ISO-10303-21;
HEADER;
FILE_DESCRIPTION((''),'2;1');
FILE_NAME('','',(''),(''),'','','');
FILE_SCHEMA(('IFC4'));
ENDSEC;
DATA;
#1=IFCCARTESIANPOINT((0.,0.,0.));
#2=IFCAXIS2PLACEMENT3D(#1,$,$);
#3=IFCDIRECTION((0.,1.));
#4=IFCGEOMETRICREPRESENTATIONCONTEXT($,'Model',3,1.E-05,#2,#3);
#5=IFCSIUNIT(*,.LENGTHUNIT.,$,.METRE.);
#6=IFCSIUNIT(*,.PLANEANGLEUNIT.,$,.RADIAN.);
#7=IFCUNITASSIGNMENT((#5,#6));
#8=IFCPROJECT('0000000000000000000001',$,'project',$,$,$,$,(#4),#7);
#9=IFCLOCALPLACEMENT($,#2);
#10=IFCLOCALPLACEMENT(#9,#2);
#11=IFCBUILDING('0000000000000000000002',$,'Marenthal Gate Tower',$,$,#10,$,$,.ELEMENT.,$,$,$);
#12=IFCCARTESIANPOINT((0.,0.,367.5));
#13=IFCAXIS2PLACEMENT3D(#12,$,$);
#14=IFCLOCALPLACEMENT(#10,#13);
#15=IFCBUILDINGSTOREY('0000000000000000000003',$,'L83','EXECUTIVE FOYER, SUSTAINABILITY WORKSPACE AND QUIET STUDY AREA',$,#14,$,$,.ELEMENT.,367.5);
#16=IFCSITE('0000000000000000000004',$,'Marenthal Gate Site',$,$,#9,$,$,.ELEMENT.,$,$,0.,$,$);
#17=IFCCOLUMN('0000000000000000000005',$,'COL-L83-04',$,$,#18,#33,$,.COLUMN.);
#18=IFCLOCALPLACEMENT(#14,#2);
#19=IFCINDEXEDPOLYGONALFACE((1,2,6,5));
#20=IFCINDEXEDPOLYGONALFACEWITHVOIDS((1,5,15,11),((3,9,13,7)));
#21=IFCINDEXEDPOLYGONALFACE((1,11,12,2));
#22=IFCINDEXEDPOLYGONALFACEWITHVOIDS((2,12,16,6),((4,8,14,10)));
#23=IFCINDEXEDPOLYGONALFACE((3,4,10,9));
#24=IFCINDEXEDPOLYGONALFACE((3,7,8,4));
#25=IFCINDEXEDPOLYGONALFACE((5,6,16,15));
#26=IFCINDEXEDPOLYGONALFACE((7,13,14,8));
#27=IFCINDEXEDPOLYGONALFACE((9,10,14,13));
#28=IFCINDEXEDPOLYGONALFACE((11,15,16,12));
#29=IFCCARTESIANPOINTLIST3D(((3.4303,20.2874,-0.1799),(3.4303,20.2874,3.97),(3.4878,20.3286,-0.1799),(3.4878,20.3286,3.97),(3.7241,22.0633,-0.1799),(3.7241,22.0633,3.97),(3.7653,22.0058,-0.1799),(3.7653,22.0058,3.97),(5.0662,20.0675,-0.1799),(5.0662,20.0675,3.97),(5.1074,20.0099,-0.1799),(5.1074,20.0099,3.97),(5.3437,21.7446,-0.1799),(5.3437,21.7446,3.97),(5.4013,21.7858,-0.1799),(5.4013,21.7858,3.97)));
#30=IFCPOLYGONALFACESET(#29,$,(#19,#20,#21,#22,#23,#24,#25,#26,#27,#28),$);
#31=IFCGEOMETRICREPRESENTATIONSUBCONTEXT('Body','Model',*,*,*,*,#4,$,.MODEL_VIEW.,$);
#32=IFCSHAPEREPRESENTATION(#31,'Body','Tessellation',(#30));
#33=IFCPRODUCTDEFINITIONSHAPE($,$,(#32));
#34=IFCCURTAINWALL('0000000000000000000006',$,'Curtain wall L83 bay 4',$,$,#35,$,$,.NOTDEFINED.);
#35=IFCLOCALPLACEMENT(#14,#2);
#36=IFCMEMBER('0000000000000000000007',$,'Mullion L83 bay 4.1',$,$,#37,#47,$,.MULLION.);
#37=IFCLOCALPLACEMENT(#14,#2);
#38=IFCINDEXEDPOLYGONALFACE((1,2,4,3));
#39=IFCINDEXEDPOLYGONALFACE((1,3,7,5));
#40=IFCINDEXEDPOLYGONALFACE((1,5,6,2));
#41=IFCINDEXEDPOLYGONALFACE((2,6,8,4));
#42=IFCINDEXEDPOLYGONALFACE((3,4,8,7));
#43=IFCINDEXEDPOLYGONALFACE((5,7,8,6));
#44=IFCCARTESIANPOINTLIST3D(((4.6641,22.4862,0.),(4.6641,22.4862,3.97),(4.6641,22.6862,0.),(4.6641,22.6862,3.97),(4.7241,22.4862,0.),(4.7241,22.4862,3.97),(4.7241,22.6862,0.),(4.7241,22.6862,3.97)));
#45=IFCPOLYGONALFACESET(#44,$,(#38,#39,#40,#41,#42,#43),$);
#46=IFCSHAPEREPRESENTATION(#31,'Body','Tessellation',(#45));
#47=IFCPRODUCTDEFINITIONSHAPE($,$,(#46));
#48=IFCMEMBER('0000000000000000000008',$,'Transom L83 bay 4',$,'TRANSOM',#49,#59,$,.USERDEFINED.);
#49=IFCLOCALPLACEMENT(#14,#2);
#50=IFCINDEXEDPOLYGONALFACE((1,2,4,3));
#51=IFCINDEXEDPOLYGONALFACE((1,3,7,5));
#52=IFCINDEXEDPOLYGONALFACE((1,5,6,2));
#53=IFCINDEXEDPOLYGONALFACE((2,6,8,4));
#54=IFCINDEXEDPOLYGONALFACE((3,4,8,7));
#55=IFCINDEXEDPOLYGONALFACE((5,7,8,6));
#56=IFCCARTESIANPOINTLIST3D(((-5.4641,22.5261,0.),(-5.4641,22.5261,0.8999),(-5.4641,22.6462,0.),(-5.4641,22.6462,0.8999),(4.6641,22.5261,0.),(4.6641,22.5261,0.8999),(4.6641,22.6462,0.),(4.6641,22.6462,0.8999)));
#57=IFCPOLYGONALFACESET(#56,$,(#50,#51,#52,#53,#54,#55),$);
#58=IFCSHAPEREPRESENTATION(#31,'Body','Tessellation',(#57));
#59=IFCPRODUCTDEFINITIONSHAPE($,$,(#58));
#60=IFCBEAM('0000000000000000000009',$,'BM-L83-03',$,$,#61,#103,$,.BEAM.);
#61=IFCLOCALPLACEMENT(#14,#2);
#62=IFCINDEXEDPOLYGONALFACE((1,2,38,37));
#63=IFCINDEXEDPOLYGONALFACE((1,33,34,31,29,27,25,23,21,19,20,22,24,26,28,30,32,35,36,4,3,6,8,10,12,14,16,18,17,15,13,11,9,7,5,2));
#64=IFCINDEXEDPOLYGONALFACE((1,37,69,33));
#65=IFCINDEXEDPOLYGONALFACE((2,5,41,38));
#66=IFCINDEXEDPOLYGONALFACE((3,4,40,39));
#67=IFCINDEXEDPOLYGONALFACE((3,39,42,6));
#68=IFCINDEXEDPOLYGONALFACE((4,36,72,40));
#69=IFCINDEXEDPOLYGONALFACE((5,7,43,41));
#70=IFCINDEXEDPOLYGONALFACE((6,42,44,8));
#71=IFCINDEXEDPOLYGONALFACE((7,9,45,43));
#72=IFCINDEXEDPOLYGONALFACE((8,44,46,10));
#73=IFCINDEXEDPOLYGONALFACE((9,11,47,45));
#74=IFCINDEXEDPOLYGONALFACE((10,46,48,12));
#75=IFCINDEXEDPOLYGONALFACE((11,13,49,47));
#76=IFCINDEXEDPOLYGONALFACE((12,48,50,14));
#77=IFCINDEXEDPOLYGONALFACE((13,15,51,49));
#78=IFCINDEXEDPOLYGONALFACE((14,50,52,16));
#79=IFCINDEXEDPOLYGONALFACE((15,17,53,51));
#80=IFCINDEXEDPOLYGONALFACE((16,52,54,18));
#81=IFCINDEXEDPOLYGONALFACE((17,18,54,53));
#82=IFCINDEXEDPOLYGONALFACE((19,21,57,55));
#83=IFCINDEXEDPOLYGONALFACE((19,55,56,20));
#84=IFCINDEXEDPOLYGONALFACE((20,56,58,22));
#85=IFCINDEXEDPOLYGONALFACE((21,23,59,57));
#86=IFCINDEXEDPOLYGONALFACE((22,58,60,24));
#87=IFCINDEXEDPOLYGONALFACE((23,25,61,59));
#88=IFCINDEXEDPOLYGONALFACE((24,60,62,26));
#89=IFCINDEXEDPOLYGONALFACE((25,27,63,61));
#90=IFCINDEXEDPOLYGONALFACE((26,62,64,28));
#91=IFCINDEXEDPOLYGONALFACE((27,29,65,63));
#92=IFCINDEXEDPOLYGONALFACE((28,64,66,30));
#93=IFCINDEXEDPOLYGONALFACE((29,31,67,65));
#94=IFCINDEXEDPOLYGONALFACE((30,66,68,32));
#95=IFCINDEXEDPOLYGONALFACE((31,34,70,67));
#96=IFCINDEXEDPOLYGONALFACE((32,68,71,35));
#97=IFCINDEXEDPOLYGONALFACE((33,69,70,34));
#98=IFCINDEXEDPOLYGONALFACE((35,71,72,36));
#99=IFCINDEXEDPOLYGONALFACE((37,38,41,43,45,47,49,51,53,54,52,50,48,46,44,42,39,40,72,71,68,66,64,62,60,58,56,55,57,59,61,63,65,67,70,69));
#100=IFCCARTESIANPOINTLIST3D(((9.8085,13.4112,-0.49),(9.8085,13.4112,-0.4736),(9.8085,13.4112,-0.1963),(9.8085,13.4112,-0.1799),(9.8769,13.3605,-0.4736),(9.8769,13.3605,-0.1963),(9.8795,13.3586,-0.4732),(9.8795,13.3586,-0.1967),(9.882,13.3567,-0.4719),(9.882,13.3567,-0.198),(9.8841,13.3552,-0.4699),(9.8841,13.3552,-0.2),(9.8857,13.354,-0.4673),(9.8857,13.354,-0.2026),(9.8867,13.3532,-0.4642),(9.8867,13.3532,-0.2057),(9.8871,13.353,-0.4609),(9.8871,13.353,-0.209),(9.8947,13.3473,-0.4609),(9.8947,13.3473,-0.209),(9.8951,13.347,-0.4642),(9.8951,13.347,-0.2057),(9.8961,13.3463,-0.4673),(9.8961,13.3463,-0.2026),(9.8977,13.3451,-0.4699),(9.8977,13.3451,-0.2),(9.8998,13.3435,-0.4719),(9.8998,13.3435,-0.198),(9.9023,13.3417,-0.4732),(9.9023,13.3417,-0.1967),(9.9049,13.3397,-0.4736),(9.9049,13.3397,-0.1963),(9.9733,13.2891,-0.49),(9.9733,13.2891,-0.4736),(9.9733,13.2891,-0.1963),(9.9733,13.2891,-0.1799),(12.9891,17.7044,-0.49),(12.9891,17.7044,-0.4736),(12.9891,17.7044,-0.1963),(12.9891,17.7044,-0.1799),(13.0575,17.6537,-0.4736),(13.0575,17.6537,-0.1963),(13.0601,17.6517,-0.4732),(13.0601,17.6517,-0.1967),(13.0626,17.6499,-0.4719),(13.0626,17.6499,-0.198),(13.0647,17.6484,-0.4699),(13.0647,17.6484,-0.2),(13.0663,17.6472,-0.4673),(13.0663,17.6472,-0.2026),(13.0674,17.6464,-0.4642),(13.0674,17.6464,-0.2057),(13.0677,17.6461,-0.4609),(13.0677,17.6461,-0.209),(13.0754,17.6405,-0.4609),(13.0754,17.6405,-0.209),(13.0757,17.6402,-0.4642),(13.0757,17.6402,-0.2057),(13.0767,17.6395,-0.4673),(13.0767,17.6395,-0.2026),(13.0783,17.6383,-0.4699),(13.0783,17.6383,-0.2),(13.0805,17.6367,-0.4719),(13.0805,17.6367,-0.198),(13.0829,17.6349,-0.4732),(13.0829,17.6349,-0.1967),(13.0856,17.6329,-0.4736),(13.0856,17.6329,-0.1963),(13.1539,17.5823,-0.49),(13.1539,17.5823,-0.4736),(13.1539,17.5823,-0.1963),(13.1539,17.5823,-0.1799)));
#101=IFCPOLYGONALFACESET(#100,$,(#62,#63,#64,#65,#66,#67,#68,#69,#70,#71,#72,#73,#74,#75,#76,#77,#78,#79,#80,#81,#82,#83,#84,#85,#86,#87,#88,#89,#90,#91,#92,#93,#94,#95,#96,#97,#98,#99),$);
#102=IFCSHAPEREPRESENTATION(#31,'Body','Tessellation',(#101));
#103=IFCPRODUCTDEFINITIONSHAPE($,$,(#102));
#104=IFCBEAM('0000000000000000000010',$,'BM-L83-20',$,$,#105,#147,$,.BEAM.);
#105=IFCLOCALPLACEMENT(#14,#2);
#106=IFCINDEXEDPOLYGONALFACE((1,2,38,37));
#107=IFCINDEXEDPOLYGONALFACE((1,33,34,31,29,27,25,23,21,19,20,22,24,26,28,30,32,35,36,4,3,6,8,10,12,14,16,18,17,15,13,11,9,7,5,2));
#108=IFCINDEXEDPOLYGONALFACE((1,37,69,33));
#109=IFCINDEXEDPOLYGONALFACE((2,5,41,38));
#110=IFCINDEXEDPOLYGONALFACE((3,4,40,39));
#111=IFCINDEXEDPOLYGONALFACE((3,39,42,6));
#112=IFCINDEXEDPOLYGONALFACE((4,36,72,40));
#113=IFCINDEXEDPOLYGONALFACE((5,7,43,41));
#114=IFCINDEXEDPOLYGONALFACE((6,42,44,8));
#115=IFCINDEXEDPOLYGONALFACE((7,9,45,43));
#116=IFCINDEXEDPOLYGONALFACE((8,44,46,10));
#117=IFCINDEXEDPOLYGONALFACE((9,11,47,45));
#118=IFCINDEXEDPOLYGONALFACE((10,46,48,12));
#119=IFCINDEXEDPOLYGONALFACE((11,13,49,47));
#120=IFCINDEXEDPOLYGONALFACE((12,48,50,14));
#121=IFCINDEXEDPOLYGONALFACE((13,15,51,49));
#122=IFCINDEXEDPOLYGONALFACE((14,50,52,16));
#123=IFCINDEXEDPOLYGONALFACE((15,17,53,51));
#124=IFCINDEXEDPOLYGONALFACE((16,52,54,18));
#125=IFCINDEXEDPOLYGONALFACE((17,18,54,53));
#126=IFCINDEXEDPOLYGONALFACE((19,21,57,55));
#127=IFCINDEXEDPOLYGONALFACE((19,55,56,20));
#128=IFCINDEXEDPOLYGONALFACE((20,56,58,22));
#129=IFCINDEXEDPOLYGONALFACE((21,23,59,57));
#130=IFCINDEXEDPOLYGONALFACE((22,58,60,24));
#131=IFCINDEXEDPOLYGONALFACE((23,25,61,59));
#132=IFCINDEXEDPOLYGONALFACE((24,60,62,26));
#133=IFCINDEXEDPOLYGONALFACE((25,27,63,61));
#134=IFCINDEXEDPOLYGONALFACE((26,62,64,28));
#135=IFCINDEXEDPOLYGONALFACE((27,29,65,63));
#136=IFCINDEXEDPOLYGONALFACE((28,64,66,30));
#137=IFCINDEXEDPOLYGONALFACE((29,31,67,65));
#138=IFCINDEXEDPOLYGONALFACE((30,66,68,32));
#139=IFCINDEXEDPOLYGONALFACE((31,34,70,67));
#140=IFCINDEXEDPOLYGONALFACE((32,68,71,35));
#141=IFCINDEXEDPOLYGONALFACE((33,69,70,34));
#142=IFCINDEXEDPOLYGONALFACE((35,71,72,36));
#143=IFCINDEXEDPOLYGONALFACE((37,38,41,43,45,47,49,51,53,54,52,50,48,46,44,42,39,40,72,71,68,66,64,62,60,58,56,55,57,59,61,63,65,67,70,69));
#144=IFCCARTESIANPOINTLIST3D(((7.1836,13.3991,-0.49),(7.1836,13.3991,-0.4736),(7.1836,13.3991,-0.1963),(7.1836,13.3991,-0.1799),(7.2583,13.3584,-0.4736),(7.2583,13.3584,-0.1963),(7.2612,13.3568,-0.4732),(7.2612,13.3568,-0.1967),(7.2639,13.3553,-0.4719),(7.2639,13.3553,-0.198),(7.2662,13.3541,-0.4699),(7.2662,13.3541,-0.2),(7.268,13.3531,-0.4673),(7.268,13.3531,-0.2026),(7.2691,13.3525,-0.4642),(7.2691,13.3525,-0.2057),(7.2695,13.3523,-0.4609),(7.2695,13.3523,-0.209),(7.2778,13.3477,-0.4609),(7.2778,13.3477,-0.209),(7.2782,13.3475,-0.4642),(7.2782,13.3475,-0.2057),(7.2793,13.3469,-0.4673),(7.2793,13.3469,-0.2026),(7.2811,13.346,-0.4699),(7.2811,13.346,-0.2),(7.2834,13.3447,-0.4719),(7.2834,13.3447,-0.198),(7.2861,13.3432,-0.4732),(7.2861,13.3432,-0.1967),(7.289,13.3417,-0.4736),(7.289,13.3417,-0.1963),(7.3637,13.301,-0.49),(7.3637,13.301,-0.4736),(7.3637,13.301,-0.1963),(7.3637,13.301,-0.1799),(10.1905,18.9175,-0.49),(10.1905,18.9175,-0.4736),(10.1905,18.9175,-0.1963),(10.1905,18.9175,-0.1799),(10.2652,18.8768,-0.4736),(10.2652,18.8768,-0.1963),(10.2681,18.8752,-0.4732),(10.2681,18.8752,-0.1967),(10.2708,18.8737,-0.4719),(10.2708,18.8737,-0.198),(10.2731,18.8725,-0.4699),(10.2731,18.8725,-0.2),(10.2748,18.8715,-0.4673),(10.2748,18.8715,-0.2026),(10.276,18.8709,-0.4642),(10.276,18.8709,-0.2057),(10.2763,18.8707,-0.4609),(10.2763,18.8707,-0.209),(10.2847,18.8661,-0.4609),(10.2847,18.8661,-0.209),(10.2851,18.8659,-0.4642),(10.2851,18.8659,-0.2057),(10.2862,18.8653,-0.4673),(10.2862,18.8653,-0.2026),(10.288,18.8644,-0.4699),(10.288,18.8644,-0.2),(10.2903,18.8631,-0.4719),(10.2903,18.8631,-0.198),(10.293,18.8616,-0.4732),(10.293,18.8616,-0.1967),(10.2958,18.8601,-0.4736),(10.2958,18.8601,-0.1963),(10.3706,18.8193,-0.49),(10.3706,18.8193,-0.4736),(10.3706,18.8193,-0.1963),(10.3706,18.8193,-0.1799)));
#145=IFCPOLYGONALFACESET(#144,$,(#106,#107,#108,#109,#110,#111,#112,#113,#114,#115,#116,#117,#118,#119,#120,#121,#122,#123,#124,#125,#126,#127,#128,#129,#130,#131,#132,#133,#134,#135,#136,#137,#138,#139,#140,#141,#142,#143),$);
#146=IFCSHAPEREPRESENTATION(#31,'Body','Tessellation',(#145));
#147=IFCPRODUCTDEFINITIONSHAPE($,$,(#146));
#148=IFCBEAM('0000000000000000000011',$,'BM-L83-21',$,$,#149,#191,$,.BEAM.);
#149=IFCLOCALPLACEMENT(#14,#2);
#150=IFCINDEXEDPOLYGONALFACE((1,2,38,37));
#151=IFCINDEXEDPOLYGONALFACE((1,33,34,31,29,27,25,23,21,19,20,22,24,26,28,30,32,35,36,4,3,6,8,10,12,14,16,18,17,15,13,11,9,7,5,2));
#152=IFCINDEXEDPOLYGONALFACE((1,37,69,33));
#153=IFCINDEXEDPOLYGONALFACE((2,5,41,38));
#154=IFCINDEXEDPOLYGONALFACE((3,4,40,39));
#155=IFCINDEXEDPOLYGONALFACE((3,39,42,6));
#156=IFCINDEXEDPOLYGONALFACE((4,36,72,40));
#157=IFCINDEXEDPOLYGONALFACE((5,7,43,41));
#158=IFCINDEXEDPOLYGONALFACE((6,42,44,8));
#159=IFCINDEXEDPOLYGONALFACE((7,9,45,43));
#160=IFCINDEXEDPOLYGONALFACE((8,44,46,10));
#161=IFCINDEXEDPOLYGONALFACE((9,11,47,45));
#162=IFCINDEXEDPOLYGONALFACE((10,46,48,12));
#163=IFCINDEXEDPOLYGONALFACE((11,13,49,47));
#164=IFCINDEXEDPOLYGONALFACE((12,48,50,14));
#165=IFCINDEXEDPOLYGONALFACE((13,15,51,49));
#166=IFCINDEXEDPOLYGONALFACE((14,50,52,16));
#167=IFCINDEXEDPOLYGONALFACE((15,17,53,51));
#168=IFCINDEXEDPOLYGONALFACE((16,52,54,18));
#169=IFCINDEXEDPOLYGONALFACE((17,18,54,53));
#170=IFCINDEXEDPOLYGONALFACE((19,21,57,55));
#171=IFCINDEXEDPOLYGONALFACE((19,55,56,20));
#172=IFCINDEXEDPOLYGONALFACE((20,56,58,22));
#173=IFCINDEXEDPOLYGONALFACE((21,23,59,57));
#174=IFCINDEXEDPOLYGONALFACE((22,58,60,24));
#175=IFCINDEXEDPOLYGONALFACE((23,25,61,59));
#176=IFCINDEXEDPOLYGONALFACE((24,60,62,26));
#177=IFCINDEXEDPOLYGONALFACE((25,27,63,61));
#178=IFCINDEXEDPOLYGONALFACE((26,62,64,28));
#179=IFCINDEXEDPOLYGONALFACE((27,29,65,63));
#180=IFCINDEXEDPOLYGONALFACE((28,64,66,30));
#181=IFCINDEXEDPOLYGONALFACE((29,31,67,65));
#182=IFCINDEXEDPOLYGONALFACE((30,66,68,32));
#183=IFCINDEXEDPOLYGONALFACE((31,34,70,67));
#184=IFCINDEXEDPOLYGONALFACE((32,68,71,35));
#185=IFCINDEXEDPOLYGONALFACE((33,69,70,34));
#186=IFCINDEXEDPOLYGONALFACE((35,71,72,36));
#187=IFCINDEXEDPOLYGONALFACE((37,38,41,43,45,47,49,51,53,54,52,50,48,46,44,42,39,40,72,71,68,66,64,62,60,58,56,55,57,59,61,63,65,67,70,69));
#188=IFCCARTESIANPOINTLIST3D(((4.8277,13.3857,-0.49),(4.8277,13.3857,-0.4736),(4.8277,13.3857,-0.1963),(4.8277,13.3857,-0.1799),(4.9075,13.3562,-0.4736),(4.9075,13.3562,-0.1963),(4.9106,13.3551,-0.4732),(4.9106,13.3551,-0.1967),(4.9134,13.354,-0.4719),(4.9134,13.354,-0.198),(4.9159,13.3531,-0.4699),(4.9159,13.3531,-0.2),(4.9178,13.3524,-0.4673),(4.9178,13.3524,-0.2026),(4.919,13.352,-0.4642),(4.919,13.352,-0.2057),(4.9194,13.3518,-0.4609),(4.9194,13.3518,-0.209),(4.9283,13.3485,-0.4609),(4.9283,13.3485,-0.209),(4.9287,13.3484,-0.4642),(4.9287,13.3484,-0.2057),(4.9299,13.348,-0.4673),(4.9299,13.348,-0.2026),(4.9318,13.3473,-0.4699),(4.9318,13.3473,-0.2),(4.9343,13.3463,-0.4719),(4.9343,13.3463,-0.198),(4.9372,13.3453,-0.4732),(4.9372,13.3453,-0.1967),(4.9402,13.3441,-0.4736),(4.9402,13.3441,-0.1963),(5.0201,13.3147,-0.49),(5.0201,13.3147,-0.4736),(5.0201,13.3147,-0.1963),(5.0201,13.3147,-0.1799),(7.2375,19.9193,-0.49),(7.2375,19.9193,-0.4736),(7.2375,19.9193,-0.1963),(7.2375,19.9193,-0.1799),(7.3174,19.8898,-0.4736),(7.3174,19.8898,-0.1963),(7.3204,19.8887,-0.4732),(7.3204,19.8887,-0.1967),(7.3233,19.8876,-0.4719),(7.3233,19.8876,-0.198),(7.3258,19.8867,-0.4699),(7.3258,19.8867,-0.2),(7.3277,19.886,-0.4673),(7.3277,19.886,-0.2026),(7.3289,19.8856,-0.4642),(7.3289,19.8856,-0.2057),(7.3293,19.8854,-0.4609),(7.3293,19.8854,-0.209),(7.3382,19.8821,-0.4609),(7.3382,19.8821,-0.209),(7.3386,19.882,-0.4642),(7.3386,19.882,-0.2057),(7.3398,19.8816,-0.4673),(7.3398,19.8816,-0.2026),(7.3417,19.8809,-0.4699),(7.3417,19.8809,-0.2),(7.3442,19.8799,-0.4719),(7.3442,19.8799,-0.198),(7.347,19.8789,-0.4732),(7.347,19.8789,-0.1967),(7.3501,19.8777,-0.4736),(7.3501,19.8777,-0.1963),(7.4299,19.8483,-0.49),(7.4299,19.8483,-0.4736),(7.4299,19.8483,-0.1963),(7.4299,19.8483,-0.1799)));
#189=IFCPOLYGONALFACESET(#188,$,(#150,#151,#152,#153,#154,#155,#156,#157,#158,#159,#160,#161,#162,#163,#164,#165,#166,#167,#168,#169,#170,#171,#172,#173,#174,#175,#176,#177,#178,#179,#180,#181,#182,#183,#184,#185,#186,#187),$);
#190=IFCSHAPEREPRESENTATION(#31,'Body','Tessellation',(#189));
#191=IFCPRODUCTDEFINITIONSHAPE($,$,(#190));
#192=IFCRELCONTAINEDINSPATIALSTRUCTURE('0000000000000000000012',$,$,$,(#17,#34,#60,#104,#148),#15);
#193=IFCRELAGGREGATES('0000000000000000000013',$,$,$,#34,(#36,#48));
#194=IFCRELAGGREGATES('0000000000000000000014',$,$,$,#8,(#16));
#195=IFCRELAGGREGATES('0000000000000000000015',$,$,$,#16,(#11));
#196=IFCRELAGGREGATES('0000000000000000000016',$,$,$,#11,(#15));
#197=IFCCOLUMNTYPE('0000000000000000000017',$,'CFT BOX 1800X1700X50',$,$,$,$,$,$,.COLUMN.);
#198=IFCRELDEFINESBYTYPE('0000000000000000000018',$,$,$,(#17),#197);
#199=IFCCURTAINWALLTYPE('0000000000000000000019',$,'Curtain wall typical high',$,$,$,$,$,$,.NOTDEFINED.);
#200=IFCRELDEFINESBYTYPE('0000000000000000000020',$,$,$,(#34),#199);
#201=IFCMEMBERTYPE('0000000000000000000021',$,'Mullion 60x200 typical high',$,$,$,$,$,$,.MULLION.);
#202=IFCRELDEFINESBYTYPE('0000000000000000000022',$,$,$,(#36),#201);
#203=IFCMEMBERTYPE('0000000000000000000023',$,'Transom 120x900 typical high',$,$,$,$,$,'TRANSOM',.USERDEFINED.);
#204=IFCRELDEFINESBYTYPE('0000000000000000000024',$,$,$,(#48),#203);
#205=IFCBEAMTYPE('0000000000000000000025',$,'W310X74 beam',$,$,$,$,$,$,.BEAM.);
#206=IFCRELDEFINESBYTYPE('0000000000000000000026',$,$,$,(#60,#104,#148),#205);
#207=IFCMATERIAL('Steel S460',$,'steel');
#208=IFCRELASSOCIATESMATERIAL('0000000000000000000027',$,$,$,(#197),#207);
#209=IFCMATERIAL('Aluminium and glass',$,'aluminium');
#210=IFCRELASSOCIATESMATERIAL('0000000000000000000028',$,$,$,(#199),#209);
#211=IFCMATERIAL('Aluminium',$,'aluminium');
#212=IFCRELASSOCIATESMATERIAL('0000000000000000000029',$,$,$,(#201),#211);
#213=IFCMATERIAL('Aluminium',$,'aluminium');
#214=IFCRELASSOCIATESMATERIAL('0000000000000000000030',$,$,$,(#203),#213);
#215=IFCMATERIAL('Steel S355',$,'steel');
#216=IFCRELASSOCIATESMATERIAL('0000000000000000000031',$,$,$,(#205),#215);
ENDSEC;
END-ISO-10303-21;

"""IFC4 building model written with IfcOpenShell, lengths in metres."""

from ifc_helpers import new_model, si_unit, direction, frame, origin, origin_2d, place, context, subcontext, project, spatial, rectangle, hollow_rectangle, i_section, extrude, material, material_profile, profile_set, type_object, element, aggregate, save


model = new_model("IFC4")

# Units and contexts
model_context = context("Model", 3, precision=1e-05, world=origin(), true_north=direction((0.0, 1.0)))
body_context = subcontext(model_context, "Body", "Model", "MODEL_VIEW")
ifc_project = project(units=[si_unit("LENGTHUNIT", "METRE"), si_unit("PLANEANGLEUNIT", "RADIAN")], contexts=[model_context])

# Site, building, storey
site_placement = place(None, origin())
site = spatial("IfcSite", under=ifc_project, at=site_placement, Name="Marenthal Gate Site", CompositionType="ELEMENT", RefElevation=0.0)
building_placement = place(site_placement, origin())
building = spatial("IfcBuilding", under=site, at=building_placement, Name="Marenthal Gate Tower", CompositionType="ELEMENT")
storey_placement = place(building_placement, frame((0.0, 0.0, 367.5)))
storey = spatial("IfcBuildingStorey", under=building, at=storey_placement, Name="L83", Description="EXECUTIVE FOYER, SUSTAINABILITY WORKSPACE AND QUIET STUDY AREA", CompositionType="ELEMENT", Elevation=367.5)

# Column
ifc_material_1 = material(Name="Steel S460", Category="steel")
ifc_material_profile_1 = material_profile(ifc_material_1, hollow_rectangle(XDim=1.7, YDim=1.8, WallThickness=0.05, at=origin_2d()), Name="CFT BOX 1800X1700X50")
ifc_material_2 = material(Name="Concrete 70 MPa", Category="concrete")
ifc_material_profile_2 = material_profile(ifc_material_2, rectangle(XDim=1.6001, YDim=1.7, at=origin_2d()), Name="CFT BOX 1800X1700X50 INFILL")
ifc_profile_set_1 = profile_set([ifc_material_profile_1, ifc_material_profile_2], Name="Steel S460 shell, Concrete 70 MPa infill")
column_type = type_object("IfcColumnType", Name="CFT BOX 1800X1700X50", PredefinedType="COLUMN", material=ifc_profile_set_1)
column_placement = place(storey_placement, frame((4.4158, 21.0366, -0.1799), z_axis=(0.0, 0.0, 1.0), x_axis=(0.98659, -0.163221, 0.0)))
element("IfcColumn", 1, at=column_placement, inside=storey, type_object=column_type, Name="COL-L83-04", PredefinedType="COLUMN", context=body_context, shape_type="SweptSolid", body=[
    extrude(hollow_rectangle(XDim=1.7, YDim=1.8, WallThickness=0.05, at=origin_2d()), origin(), (0.0, 0.0, 1.0), 4.1499),
])

# Curtain wall, members
ifc_material_3 = material(Name="Aluminium and glass", Category="aluminium")
curtain_wall_type = type_object("IfcCurtainWallType", Name="Curtain wall typical high", PredefinedType="NOTDEFINED", material=ifc_material_3)
curtain_wall_placement = place(storey_placement, origin())
curtain_wall = element("IfcCurtainWall", 2, at=curtain_wall_placement, inside=storey, type_object=curtain_wall_type, Name="Curtain wall L83 bay 4", PredefinedType="NOTDEFINED")
ifc_material_4 = material(Name="Aluminium", Category="aluminium")
ifc_material_profile_3 = material_profile(ifc_material_4, rectangle(XDim=0.2, YDim=0.0601, at=origin_2d()), Name="60x200 aluminium mullion")
ifc_profile_set_2 = profile_set([ifc_material_profile_3], Name="Aluminium")
member_type_1 = type_object("IfcMemberType", Name="Mullion 60x200 typical high", PredefinedType="MULLION", material=ifc_profile_set_2)
member_1_placement = place(storey_placement, frame((4.6941, 22.5862, 0.0), z_axis=(0.0, 0.0, 1.0), x_axis=(0.0, -1.0, 0.0)))
member_1 = element("IfcMember", 3, at=member_1_placement, type_object=member_type_1, Name="Mullion L83 bay 4.1", PredefinedType="MULLION", context=body_context, shape_type="SweptSolid", body=[
    extrude(rectangle(XDim=0.2, YDim=0.0601, at=origin_2d()), origin(), (0.0, 0.0, 1.0), 3.97),
])
ifc_material_5 = material(Name="Aluminium", Category="aluminium")
ifc_material_profile_4 = material_profile(ifc_material_5, rectangle(XDim=0.1201, YDim=0.8999, at=origin_2d()), Name="120x900 aluminium transom")
ifc_profile_set_3 = profile_set([ifc_material_profile_4], Name="Aluminium")
member_type_2 = type_object("IfcMemberType", Name="Transom 120x900 typical high", ElementType="TRANSOM", PredefinedType="USERDEFINED", material=ifc_profile_set_3)
member_2_placement = place(storey_placement, frame((4.6641, 22.5862, 0.45), z_axis=(-1.0, 0.0, 0.0), x_axis=(0.0, -1.0, 0.0)))
member_2 = element("IfcMember", 4, at=member_2_placement, type_object=member_type_2, Name="Transom L83 bay 4", ObjectType="TRANSOM", PredefinedType="USERDEFINED", context=body_context, shape_type="SweptSolid", body=[
    extrude(rectangle(XDim=0.1201, YDim=0.8999, at=origin_2d()), origin(), (0.0, 0.0, 1.0), 10.1282),
])

# Beams
ifc_material_6 = material(Name="Steel S355", Category="steel")
ifc_material_profile_5 = material_profile(ifc_material_6, i_section(OverallWidth=0.2051, OverallDepth=0.3101, WebThickness=0.0095, FlangeThickness=0.0164, FilletRadius=0.0127, at=origin_2d()), Name="W310X74")
ifc_profile_set_4 = profile_set([ifc_material_profile_5], Name="Steel S355")
beam_type_1 = type_object("IfcBeamType", Name="W310X74 beam", PredefinedType="BEAM", material=ifc_profile_set_4)
beam_1_placement = place(storey_placement, frame((13.0715, 17.6433, -0.335), z_axis=(-0.595289, -0.803512, 0.0), x_axis=(0.803512, -0.595289, 0.0)))
element("IfcBeam", 5, at=beam_1_placement, inside=storey, type_object=beam_type_1, Name="BM-L83-03", PredefinedType="BEAM", context=body_context, shape_type="SweptSolid", body=[
    extrude(i_section(OverallWidth=0.2051, OverallDepth=0.3101, WebThickness=0.0095, FlangeThickness=0.0164, FilletRadius=0.0127, at=origin_2d()), origin(), (0.0, 0.0, 1.0), 5.343),
])
beam_2_placement = place(storey_placement, frame((10.2805, 18.8684, -0.335), z_axis=(-0.478466, -0.878106, 0.0), x_axis=(0.878106, -0.478466, 0.0)))
element("IfcBeam", 6, at=beam_2_placement, inside=storey, type_object=beam_type_1, Name="BM-L83-20", PredefinedType="BEAM", context=body_context, shape_type="SweptSolid", body=[
    extrude(i_section(OverallWidth=0.2051, OverallDepth=0.3101, WebThickness=0.0095, FlangeThickness=0.0164, FilletRadius=0.0127, at=origin_2d()), origin(), (0.0, 0.0, 1.0), 6.2844),
])
beam_3_placement = place(storey_placement, frame((7.3337, 19.8838, -0.335), z_axis=(-0.346055, -0.938214, 0.0), x_axis=(0.938214, -0.346055, 0.0)))
element("IfcBeam", 7, at=beam_3_placement, inside=storey, type_object=beam_type_1, Name="BM-L83-21", PredefinedType="BEAM", context=body_context, shape_type="SweptSolid", body=[
    extrude(i_section(OverallWidth=0.2051, OverallDepth=0.3101, WebThickness=0.0095, FlangeThickness=0.0164, FilletRadius=0.0127, at=origin_2d()), origin(), (0.0, 0.0, 1.0), 6.9639),
])

aggregate(curtain_wall, [member_1, member_2])

save(model, "model.ifc")
